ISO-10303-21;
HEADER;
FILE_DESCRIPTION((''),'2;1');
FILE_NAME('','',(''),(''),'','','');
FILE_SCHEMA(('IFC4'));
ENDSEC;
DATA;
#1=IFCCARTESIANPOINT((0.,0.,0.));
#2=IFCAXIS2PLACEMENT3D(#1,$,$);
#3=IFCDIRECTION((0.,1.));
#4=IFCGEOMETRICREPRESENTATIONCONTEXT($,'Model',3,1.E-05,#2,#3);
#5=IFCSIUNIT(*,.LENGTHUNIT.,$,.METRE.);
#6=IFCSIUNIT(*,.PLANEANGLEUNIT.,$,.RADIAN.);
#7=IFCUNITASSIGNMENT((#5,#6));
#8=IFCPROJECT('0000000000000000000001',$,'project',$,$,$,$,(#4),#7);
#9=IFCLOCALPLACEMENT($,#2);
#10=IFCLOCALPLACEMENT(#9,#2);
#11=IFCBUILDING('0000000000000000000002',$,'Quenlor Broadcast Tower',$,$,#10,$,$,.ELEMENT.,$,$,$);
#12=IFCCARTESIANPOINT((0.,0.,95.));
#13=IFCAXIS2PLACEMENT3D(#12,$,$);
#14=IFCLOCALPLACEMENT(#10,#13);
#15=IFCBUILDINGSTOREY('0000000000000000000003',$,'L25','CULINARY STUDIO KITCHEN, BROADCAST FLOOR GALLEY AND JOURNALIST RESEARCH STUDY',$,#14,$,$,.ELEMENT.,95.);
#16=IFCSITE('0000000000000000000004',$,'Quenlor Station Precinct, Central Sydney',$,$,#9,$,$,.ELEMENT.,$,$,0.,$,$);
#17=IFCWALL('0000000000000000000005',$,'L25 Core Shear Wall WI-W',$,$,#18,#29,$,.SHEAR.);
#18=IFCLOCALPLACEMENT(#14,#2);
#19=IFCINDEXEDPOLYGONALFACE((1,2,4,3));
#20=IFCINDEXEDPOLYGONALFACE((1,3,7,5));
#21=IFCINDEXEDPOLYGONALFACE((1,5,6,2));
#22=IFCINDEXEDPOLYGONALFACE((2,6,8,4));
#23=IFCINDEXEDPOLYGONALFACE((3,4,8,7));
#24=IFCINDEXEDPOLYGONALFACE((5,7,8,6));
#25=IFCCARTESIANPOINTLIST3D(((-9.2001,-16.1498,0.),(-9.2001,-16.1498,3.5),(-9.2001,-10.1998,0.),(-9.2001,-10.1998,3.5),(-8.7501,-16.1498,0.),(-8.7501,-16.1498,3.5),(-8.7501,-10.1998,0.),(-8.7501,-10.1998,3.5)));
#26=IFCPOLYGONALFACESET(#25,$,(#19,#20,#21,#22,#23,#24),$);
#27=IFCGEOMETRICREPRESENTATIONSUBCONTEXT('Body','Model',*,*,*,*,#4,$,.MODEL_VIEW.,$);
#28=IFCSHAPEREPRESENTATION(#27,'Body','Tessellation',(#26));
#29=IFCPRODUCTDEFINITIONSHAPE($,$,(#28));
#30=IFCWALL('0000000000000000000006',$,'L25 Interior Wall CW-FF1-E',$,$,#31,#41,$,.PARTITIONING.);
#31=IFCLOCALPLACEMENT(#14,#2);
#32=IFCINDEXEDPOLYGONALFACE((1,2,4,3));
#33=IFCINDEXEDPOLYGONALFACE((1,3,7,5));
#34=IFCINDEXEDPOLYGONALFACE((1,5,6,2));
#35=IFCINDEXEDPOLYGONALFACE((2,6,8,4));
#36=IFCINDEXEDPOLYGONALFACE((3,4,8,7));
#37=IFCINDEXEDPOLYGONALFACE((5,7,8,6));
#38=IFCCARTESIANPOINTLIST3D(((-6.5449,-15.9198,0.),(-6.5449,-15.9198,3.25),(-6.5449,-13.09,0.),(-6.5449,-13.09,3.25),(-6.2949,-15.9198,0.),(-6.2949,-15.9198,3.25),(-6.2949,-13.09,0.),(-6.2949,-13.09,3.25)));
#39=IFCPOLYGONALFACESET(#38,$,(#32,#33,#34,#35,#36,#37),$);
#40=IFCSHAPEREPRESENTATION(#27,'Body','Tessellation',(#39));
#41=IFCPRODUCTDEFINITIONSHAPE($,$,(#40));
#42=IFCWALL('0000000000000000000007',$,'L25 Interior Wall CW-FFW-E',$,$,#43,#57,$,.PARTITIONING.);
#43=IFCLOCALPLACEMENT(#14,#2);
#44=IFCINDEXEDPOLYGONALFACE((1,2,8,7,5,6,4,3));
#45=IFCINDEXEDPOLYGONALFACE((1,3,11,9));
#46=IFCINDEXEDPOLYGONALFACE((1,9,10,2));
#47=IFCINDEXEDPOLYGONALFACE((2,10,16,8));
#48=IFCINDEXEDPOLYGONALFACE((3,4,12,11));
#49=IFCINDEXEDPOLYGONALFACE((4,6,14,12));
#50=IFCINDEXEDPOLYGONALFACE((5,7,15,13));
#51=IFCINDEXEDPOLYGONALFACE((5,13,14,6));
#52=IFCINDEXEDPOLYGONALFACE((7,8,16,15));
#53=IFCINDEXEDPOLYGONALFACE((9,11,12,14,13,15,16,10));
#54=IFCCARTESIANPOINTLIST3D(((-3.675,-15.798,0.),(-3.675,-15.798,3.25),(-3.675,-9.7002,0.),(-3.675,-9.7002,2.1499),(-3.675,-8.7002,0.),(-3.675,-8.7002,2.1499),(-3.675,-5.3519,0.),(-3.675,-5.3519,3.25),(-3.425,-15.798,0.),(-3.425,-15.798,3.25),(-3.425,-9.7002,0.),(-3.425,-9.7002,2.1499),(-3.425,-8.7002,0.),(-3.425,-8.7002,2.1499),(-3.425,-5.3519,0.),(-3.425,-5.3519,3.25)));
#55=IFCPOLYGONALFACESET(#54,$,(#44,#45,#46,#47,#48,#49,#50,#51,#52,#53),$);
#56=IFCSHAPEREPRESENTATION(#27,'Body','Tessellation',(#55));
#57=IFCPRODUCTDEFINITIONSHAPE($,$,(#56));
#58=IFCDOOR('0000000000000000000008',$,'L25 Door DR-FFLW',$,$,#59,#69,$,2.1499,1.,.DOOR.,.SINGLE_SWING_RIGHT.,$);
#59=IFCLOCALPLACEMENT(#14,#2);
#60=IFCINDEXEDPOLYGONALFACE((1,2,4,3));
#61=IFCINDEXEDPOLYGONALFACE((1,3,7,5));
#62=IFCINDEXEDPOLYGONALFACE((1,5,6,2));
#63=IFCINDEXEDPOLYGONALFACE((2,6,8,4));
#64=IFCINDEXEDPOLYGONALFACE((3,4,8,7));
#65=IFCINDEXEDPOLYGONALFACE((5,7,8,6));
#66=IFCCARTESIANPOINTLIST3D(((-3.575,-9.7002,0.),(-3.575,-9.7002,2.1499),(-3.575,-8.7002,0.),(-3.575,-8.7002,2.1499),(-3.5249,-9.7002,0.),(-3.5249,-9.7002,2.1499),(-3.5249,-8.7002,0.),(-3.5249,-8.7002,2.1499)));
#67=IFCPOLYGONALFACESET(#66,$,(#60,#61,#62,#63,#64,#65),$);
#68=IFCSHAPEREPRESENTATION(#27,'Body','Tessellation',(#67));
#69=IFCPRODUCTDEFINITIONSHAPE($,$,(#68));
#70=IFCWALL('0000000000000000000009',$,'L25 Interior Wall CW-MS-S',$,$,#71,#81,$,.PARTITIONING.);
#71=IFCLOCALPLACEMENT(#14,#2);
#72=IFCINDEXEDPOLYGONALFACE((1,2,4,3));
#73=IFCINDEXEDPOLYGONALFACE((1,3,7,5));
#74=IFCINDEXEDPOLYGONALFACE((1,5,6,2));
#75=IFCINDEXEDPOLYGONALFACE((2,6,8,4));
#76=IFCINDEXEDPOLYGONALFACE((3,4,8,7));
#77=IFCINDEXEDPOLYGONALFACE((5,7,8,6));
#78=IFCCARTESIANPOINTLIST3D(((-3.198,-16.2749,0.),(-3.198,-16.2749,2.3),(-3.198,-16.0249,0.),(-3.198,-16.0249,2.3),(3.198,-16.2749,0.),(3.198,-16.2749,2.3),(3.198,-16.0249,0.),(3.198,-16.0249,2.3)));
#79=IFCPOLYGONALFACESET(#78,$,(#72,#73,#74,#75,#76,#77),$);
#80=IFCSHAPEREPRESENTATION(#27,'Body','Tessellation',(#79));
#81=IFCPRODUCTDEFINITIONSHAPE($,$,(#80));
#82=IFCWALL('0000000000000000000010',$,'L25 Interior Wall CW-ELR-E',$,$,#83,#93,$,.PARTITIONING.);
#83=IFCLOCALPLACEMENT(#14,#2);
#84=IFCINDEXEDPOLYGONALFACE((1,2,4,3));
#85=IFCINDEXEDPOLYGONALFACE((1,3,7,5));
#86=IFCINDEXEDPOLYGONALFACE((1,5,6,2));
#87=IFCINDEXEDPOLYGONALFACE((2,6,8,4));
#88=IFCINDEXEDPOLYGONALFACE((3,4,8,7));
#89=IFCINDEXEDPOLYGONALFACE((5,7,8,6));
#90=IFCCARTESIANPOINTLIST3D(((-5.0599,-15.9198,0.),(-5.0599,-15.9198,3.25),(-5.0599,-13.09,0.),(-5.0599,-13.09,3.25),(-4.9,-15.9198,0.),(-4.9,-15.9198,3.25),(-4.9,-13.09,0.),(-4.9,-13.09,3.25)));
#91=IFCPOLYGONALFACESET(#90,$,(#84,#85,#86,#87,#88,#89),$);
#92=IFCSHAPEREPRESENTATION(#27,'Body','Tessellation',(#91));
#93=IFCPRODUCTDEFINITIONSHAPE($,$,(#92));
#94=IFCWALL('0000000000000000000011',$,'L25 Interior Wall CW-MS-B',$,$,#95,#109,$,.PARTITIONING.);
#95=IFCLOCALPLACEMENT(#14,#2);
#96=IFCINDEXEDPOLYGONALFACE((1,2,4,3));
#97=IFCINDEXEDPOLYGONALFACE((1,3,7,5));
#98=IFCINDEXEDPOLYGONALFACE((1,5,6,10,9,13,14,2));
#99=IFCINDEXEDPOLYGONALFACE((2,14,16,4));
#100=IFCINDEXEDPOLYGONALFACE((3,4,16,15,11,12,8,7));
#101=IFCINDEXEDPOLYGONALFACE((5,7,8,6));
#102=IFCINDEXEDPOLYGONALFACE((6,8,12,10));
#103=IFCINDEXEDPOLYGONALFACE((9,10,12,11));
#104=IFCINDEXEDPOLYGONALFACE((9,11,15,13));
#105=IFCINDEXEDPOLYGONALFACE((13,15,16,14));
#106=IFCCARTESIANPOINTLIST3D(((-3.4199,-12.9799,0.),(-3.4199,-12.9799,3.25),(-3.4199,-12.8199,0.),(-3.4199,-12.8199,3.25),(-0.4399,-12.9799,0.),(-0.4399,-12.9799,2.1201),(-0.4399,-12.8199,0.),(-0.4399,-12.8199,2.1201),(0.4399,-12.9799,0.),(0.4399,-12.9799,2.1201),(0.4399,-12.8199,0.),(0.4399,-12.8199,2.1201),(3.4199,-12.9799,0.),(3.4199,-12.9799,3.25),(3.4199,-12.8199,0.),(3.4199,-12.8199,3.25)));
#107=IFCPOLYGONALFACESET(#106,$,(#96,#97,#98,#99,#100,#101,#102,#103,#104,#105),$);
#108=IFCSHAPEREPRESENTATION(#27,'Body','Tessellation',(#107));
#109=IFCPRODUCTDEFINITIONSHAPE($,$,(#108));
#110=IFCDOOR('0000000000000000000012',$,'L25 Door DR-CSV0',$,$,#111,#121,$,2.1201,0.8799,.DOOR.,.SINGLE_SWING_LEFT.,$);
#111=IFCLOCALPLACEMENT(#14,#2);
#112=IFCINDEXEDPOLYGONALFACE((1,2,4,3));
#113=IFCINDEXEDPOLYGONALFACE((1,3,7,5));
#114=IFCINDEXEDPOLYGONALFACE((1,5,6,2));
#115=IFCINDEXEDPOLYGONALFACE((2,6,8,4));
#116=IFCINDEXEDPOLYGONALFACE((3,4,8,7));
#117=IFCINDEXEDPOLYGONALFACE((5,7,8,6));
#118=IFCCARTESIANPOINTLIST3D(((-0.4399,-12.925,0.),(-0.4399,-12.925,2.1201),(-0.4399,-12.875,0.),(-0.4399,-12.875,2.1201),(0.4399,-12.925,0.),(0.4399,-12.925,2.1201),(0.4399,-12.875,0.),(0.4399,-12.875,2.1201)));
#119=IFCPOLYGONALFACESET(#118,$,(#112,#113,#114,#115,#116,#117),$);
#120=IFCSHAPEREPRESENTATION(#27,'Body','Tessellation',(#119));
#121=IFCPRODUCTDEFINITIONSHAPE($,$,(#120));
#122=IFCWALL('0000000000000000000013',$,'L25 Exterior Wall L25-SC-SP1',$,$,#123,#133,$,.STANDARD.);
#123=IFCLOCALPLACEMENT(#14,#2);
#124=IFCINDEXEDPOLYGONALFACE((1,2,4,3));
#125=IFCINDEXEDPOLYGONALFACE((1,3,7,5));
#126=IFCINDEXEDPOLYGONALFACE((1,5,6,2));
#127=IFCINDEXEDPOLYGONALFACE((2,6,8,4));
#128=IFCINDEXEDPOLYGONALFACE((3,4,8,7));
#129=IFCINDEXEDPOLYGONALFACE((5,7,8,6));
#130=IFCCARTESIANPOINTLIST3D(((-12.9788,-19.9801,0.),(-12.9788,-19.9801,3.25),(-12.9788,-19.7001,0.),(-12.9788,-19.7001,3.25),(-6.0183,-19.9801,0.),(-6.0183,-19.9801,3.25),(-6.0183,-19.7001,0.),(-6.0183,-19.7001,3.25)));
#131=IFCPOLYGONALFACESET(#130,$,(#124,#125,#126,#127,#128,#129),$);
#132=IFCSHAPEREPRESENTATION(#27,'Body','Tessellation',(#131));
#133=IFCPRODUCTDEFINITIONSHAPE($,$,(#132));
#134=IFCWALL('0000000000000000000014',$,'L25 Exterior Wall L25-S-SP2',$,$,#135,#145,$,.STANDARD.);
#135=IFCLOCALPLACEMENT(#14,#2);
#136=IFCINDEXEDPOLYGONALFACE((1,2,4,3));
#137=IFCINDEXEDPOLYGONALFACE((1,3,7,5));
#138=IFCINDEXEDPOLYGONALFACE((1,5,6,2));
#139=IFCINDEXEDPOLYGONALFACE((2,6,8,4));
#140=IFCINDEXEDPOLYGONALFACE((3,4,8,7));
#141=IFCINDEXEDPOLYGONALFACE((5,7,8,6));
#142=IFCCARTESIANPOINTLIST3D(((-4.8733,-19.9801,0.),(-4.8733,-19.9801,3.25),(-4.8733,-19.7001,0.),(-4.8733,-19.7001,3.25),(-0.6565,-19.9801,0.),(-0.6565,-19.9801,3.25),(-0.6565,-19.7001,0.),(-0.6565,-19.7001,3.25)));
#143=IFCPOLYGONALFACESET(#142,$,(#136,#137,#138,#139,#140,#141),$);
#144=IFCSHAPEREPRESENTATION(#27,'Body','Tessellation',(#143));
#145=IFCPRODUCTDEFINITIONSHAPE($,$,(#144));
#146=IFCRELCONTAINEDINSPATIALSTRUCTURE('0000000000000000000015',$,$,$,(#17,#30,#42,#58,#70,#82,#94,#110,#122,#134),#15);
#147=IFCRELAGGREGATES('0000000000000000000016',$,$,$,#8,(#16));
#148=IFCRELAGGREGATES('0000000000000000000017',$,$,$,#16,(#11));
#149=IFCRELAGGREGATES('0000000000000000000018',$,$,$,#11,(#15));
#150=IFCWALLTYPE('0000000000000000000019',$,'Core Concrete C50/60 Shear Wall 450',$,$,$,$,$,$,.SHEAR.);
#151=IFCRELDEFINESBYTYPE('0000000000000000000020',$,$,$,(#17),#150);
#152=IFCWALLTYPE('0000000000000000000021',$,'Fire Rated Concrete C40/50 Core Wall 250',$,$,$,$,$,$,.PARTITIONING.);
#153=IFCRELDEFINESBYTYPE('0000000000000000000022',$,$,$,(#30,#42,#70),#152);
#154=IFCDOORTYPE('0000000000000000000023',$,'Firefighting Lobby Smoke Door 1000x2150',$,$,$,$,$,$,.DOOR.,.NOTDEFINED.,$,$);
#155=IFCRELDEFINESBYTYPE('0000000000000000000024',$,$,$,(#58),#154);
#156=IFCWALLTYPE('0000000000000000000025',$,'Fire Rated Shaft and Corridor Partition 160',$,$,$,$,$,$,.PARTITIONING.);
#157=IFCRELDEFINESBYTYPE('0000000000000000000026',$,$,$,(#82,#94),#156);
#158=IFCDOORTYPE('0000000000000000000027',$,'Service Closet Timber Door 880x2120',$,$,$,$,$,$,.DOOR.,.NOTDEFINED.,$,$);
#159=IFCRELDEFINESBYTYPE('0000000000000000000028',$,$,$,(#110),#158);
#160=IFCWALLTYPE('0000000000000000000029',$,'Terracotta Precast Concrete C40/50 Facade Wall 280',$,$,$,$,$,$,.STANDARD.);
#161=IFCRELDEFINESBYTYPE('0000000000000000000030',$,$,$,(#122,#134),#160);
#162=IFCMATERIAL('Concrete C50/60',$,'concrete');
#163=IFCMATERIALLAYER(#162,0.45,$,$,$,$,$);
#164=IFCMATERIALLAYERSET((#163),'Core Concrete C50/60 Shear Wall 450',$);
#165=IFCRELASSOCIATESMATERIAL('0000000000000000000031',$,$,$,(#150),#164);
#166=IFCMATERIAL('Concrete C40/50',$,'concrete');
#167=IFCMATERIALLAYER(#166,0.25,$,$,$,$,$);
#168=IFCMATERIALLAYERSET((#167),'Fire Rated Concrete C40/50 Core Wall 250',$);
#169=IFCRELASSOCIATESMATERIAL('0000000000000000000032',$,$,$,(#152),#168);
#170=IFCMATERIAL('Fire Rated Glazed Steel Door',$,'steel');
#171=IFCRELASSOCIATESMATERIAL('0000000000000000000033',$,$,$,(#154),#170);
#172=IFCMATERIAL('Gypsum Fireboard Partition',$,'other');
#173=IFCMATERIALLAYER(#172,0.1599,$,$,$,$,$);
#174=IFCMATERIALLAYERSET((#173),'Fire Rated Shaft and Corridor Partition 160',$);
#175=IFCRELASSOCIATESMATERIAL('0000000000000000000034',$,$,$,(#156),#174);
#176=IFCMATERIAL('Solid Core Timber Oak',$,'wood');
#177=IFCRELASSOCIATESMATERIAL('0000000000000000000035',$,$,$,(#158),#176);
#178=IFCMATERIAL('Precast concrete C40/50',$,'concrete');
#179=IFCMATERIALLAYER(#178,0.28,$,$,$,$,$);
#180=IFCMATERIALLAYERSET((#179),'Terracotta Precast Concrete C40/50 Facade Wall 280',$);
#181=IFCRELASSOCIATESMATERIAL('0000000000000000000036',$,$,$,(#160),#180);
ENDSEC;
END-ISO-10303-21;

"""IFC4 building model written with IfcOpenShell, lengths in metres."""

from ifc_helpers import new_model, si_unit, direction, frame, frame_2d, origin, place, context, subcontext, project, spatial, rectangle, extrude, material, layer, layer_set, type_object, element, fill, save


model = new_model("IFC4")

# Units and contexts
model_context = context("Model", 3, precision=1e-05, world=origin(), true_north=direction((0.0, 1.0)))
body_context = subcontext(model_context, "Body", "Model", "MODEL_VIEW")
ifc_project = project(units=[si_unit("LENGTHUNIT", "METRE"), si_unit("PLANEANGLEUNIT", "RADIAN")], contexts=[model_context])

# Site, building, storey
site_placement = place(None, origin())
site = spatial("IfcSite", under=ifc_project, at=site_placement, Name="Quenlor Station Precinct, Central Sydney", CompositionType="ELEMENT", RefElevation=0.0)
building_placement = place(site_placement, origin())
building = spatial("IfcBuilding", under=site, at=building_placement, Name="Quenlor Broadcast Tower", CompositionType="ELEMENT")
storey_placement = place(building_placement, frame((0.0, 0.0, 95.0)))
storey = spatial("IfcBuildingStorey", under=building, at=storey_placement, Name="L25", Description="CULINARY STUDIO KITCHEN, BROADCAST FLOOR GALLEY AND JOURNALIST RESEARCH STUDY", CompositionType="ELEMENT", Elevation=95.0)

# Wall
ifc_material_1 = material(Name="Concrete C50/60", Category="concrete")
ifc_layer_1 = layer(ifc_material_1, 0.45)
ifc_layer_set_1 = layer_set([ifc_layer_1], Name="Core Concrete C50/60 Shear Wall 450")
wall_type_1 = type_object("IfcWallType", Name="Core Concrete C50/60 Shear Wall 450", PredefinedType="SHEAR", material=ifc_layer_set_1)
wall_1_placement = place(storey_placement, frame((-8.9751, -16.1499, 0.0), z_axis=(0.0, 0.0, 1.0), x_axis=(0.0, 1.0, 0.0)))
element("IfcWall", 1, at=wall_1_placement, inside=storey, type_object=wall_type_1, Name="L25 Core Shear Wall WI-W", PredefinedType="SHEAR", context=body_context, shape_type="SweptSolid", body=[
    extrude(rectangle(XDim=5.95, YDim=0.45, at=frame_2d((2.9751, 0.0))), origin(), (0.0, 0.0, 1.0), 3.5),
])

# Shared definitions
ifc_material_2 = material(Name="Concrete C40/50", Category="concrete")
ifc_layer_2 = layer(ifc_material_2, 0.25)
ifc_layer_set_2 = layer_set([ifc_layer_2], Name="Fire Rated Concrete C40/50 Core Wall 250")
wall_type_2 = type_object("IfcWallType", Name="Fire Rated Concrete C40/50 Core Wall 250", PredefinedType="PARTITIONING", material=ifc_layer_set_2)

# Wall
wall_2_placement = place(storey_placement, frame((-6.4199, -15.9199, 0.0), z_axis=(0.0, 0.0, 1.0), x_axis=(0.0, 1.0, 0.0)))
element("IfcWall", 2, at=wall_2_placement, inside=storey, type_object=wall_type_2, Name="L25 Interior Wall CW-FF1-E", PredefinedType="PARTITIONING", context=body_context, shape_type="SweptSolid", body=[
    extrude(rectangle(XDim=2.8298, YDim=0.25, at=frame_2d((1.415, 0.0))), origin(), (0.0, 0.0, 1.0), 3.25),
])

# Wall, opening, door
wall_3_placement = place(storey_placement, frame((-3.55, -15.7981, 0.0), z_axis=(0.0, 0.0, 1.0), x_axis=(0.0, 1.0, 0.0)))
wall_3 = element("IfcWall", 3, at=wall_3_placement, inside=storey, type_object=wall_type_2, Name="L25 Interior Wall CW-FFW-E", PredefinedType="PARTITIONING", context=body_context, shape_type="SweptSolid", body=[
    extrude(rectangle(XDim=10.446, YDim=0.25, at=frame_2d((5.2231, 0.0))), origin(), (0.0, 0.0, 1.0), 3.25),
])
opening_1_placement = place(wall_3_placement, frame((6.0979, 0.0, 0.0)))
opening_1 = element("IfcOpeningElement", 4, at=opening_1_placement, cuts=wall_3, PredefinedType="OPENING", context=body_context, shape_type="SweptSolid", body=[
    extrude(rectangle(XDim=1.0, YDim=2.1499, at=frame_2d((0.5, 1.075))), frame((0.0, 0.135, 0.0), z_axis=(0.0, -1.0, 0.0), x_axis=(1.0, 0.0, 0.0)), (0.0, 0.0, 1.0), 0.27),
])
ifc_material_3 = material(Name="Fire Rated Glazed Steel Door", Category="steel")
door_type_1 = type_object("IfcDoorType", Name="Firefighting Lobby Smoke Door 1000x2150", OperationType="NOTDEFINED", PredefinedType="DOOR", material=ifc_material_3)
door_1_placement = place(opening_1_placement, origin())
door_1 = element("IfcDoor", 5, at=door_1_placement, inside=storey, type_object=door_type_1, Name="L25 Door DR-FFLW", OperationType="SINGLE_SWING_RIGHT", OverallHeight=2.1499, OverallWidth=1.0, PredefinedType="DOOR", context=body_context, shape_type="SweptSolid", body=[
    extrude(rectangle(XDim=1.0, YDim=2.1499, at=frame_2d((0.5, 1.075))), frame((0.0, 0.0249, 0.0), z_axis=(0.0, -1.0, 0.0), x_axis=(1.0, 0.0, 0.0)), (0.0, 0.0, 1.0), 0.05),
])
fill(opening_1, door_1)

# Walls
wall_4_placement = place(storey_placement, frame((-3.198, -16.1499, 0.0), z_axis=(0.0, 0.0, 1.0), x_axis=(1.0, 0.0, 0.0)))
element("IfcWall", 6, at=wall_4_placement, inside=storey, type_object=wall_type_2, Name="L25 Interior Wall CW-MS-S", PredefinedType="PARTITIONING", context=body_context, shape_type="SweptSolid", body=[
    extrude(rectangle(XDim=6.396, YDim=0.25, at=frame_2d((3.198, 0.0))), origin(), (0.0, 0.0, 1.0), 2.3),
])
ifc_material_4 = material(Name="Gypsum Fireboard Partition", Category="other")
ifc_layer_3 = layer(ifc_material_4, 0.1599)
ifc_layer_set_3 = layer_set([ifc_layer_3], Name="Fire Rated Shaft and Corridor Partition 160")
wall_type_3 = type_object("IfcWallType", Name="Fire Rated Shaft and Corridor Partition 160", PredefinedType="PARTITIONING", material=ifc_layer_set_3)
wall_5_placement = place(storey_placement, frame((-4.98, -15.9199, 0.0), z_axis=(0.0, 0.0, 1.0), x_axis=(0.0, 1.0, 0.0)))
element("IfcWall", 7, at=wall_5_placement, inside=storey, type_object=wall_type_3, Name="L25 Interior Wall CW-ELR-E", PredefinedType="PARTITIONING", context=body_context, shape_type="SweptSolid", body=[
    extrude(rectangle(XDim=2.8298, YDim=0.1599, at=frame_2d((1.415, 0.0))), origin(), (0.0, 0.0, 1.0), 3.25),
])

# Wall, opening, door
wall_6_placement = place(storey_placement, frame((-3.4199, -12.8999, 0.0), z_axis=(0.0, 0.0, 1.0), x_axis=(1.0, 0.0, 0.0)))
wall_6 = element("IfcWall", 8, at=wall_6_placement, inside=storey, type_object=wall_type_3, Name="L25 Interior Wall CW-MS-B", PredefinedType="PARTITIONING", context=body_context, shape_type="SweptSolid", body=[
    extrude(rectangle(XDim=6.8398, YDim=0.1599, at=frame_2d((3.4199, 0.0))), origin(), (0.0, 0.0, 1.0), 3.25),
])
opening_2_placement = place(wall_6_placement, frame((2.98, 0.0, 0.0)))
opening_2 = element("IfcOpeningElement", 9, at=opening_2_placement, cuts=wall_6, PredefinedType="OPENING", context=body_context, shape_type="SweptSolid", body=[
    extrude(rectangle(XDim=0.8799, YDim=2.1201, at=frame_2d((0.4399, 1.0601))), frame((0.0, 0.0898, 0.0), z_axis=(0.0, -1.0, 0.0), x_axis=(1.0, 0.0, 0.0)), (0.0, 0.0, 1.0), 0.1799),
])
ifc_material_5 = material(Name="Solid Core Timber Oak", Category="wood")
door_type_2 = type_object("IfcDoorType", Name="Service Closet Timber Door 880x2120", OperationType="NOTDEFINED", PredefinedType="DOOR", material=ifc_material_5)
door_2_placement = place(opening_2_placement, origin())
door_2 = element("IfcDoor", 10, at=door_2_placement, inside=storey, type_object=door_type_2, Name="L25 Door DR-CSV0", OperationType="SINGLE_SWING_LEFT", OverallHeight=2.1201, OverallWidth=0.8799, PredefinedType="DOOR", context=body_context, shape_type="SweptSolid", body=[
    extrude(rectangle(XDim=0.8799, YDim=2.1201, at=frame_2d((0.4399, 1.0601))), frame((0.0, 0.0249, 0.0), z_axis=(0.0, -1.0, 0.0), x_axis=(1.0, 0.0, 0.0)), (0.0, 0.0, 1.0), 0.05),
])
fill(opening_2, door_2)

# Walls
ifc_material_6 = material(Name="Precast concrete C40/50", Category="concrete")
ifc_layer_4 = layer(ifc_material_6, 0.28)
ifc_layer_set_4 = layer_set([ifc_layer_4], Name="Terracotta Precast Concrete C40/50 Facade Wall 280")
wall_type_4 = type_object("IfcWallType", Name="Terracotta Precast Concrete C40/50 Facade Wall 280", PredefinedType="STANDARD", material=ifc_layer_set_4)
wall_7_placement = place(storey_placement, frame((-6.0183, -19.8401, 0.0), z_axis=(0.0, 0.0, 1.0), x_axis=(-1.0, 0.0, 0.0)))
element("IfcWall", 11, at=wall_7_placement, inside=storey, type_object=wall_type_4, Name="L25 Exterior Wall L25-SC-SP1", PredefinedType="STANDARD", context=body_context, shape_type="SweptSolid", body=[
    extrude(rectangle(XDim=6.9604, YDim=0.28, at=frame_2d((3.4802, 0.0))), origin(), (0.0, 0.0, 1.0), 3.25),
])
wall_8_placement = place(storey_placement, frame((-0.6565, -19.8401, 0.0), z_axis=(0.0, 0.0, 1.0), x_axis=(-1.0, 0.0, 0.0)))
element("IfcWall", 12, at=wall_8_placement, inside=storey, type_object=wall_type_4, Name="L25 Exterior Wall L25-S-SP2", PredefinedType="STANDARD", context=body_context, shape_type="SweptSolid", body=[
    extrude(rectangle(XDim=4.2168, YDim=0.28, at=frame_2d((2.1084, 0.0))), origin(), (0.0, 0.0, 1.0), 3.25),
])

save(model, "model.ifc")
